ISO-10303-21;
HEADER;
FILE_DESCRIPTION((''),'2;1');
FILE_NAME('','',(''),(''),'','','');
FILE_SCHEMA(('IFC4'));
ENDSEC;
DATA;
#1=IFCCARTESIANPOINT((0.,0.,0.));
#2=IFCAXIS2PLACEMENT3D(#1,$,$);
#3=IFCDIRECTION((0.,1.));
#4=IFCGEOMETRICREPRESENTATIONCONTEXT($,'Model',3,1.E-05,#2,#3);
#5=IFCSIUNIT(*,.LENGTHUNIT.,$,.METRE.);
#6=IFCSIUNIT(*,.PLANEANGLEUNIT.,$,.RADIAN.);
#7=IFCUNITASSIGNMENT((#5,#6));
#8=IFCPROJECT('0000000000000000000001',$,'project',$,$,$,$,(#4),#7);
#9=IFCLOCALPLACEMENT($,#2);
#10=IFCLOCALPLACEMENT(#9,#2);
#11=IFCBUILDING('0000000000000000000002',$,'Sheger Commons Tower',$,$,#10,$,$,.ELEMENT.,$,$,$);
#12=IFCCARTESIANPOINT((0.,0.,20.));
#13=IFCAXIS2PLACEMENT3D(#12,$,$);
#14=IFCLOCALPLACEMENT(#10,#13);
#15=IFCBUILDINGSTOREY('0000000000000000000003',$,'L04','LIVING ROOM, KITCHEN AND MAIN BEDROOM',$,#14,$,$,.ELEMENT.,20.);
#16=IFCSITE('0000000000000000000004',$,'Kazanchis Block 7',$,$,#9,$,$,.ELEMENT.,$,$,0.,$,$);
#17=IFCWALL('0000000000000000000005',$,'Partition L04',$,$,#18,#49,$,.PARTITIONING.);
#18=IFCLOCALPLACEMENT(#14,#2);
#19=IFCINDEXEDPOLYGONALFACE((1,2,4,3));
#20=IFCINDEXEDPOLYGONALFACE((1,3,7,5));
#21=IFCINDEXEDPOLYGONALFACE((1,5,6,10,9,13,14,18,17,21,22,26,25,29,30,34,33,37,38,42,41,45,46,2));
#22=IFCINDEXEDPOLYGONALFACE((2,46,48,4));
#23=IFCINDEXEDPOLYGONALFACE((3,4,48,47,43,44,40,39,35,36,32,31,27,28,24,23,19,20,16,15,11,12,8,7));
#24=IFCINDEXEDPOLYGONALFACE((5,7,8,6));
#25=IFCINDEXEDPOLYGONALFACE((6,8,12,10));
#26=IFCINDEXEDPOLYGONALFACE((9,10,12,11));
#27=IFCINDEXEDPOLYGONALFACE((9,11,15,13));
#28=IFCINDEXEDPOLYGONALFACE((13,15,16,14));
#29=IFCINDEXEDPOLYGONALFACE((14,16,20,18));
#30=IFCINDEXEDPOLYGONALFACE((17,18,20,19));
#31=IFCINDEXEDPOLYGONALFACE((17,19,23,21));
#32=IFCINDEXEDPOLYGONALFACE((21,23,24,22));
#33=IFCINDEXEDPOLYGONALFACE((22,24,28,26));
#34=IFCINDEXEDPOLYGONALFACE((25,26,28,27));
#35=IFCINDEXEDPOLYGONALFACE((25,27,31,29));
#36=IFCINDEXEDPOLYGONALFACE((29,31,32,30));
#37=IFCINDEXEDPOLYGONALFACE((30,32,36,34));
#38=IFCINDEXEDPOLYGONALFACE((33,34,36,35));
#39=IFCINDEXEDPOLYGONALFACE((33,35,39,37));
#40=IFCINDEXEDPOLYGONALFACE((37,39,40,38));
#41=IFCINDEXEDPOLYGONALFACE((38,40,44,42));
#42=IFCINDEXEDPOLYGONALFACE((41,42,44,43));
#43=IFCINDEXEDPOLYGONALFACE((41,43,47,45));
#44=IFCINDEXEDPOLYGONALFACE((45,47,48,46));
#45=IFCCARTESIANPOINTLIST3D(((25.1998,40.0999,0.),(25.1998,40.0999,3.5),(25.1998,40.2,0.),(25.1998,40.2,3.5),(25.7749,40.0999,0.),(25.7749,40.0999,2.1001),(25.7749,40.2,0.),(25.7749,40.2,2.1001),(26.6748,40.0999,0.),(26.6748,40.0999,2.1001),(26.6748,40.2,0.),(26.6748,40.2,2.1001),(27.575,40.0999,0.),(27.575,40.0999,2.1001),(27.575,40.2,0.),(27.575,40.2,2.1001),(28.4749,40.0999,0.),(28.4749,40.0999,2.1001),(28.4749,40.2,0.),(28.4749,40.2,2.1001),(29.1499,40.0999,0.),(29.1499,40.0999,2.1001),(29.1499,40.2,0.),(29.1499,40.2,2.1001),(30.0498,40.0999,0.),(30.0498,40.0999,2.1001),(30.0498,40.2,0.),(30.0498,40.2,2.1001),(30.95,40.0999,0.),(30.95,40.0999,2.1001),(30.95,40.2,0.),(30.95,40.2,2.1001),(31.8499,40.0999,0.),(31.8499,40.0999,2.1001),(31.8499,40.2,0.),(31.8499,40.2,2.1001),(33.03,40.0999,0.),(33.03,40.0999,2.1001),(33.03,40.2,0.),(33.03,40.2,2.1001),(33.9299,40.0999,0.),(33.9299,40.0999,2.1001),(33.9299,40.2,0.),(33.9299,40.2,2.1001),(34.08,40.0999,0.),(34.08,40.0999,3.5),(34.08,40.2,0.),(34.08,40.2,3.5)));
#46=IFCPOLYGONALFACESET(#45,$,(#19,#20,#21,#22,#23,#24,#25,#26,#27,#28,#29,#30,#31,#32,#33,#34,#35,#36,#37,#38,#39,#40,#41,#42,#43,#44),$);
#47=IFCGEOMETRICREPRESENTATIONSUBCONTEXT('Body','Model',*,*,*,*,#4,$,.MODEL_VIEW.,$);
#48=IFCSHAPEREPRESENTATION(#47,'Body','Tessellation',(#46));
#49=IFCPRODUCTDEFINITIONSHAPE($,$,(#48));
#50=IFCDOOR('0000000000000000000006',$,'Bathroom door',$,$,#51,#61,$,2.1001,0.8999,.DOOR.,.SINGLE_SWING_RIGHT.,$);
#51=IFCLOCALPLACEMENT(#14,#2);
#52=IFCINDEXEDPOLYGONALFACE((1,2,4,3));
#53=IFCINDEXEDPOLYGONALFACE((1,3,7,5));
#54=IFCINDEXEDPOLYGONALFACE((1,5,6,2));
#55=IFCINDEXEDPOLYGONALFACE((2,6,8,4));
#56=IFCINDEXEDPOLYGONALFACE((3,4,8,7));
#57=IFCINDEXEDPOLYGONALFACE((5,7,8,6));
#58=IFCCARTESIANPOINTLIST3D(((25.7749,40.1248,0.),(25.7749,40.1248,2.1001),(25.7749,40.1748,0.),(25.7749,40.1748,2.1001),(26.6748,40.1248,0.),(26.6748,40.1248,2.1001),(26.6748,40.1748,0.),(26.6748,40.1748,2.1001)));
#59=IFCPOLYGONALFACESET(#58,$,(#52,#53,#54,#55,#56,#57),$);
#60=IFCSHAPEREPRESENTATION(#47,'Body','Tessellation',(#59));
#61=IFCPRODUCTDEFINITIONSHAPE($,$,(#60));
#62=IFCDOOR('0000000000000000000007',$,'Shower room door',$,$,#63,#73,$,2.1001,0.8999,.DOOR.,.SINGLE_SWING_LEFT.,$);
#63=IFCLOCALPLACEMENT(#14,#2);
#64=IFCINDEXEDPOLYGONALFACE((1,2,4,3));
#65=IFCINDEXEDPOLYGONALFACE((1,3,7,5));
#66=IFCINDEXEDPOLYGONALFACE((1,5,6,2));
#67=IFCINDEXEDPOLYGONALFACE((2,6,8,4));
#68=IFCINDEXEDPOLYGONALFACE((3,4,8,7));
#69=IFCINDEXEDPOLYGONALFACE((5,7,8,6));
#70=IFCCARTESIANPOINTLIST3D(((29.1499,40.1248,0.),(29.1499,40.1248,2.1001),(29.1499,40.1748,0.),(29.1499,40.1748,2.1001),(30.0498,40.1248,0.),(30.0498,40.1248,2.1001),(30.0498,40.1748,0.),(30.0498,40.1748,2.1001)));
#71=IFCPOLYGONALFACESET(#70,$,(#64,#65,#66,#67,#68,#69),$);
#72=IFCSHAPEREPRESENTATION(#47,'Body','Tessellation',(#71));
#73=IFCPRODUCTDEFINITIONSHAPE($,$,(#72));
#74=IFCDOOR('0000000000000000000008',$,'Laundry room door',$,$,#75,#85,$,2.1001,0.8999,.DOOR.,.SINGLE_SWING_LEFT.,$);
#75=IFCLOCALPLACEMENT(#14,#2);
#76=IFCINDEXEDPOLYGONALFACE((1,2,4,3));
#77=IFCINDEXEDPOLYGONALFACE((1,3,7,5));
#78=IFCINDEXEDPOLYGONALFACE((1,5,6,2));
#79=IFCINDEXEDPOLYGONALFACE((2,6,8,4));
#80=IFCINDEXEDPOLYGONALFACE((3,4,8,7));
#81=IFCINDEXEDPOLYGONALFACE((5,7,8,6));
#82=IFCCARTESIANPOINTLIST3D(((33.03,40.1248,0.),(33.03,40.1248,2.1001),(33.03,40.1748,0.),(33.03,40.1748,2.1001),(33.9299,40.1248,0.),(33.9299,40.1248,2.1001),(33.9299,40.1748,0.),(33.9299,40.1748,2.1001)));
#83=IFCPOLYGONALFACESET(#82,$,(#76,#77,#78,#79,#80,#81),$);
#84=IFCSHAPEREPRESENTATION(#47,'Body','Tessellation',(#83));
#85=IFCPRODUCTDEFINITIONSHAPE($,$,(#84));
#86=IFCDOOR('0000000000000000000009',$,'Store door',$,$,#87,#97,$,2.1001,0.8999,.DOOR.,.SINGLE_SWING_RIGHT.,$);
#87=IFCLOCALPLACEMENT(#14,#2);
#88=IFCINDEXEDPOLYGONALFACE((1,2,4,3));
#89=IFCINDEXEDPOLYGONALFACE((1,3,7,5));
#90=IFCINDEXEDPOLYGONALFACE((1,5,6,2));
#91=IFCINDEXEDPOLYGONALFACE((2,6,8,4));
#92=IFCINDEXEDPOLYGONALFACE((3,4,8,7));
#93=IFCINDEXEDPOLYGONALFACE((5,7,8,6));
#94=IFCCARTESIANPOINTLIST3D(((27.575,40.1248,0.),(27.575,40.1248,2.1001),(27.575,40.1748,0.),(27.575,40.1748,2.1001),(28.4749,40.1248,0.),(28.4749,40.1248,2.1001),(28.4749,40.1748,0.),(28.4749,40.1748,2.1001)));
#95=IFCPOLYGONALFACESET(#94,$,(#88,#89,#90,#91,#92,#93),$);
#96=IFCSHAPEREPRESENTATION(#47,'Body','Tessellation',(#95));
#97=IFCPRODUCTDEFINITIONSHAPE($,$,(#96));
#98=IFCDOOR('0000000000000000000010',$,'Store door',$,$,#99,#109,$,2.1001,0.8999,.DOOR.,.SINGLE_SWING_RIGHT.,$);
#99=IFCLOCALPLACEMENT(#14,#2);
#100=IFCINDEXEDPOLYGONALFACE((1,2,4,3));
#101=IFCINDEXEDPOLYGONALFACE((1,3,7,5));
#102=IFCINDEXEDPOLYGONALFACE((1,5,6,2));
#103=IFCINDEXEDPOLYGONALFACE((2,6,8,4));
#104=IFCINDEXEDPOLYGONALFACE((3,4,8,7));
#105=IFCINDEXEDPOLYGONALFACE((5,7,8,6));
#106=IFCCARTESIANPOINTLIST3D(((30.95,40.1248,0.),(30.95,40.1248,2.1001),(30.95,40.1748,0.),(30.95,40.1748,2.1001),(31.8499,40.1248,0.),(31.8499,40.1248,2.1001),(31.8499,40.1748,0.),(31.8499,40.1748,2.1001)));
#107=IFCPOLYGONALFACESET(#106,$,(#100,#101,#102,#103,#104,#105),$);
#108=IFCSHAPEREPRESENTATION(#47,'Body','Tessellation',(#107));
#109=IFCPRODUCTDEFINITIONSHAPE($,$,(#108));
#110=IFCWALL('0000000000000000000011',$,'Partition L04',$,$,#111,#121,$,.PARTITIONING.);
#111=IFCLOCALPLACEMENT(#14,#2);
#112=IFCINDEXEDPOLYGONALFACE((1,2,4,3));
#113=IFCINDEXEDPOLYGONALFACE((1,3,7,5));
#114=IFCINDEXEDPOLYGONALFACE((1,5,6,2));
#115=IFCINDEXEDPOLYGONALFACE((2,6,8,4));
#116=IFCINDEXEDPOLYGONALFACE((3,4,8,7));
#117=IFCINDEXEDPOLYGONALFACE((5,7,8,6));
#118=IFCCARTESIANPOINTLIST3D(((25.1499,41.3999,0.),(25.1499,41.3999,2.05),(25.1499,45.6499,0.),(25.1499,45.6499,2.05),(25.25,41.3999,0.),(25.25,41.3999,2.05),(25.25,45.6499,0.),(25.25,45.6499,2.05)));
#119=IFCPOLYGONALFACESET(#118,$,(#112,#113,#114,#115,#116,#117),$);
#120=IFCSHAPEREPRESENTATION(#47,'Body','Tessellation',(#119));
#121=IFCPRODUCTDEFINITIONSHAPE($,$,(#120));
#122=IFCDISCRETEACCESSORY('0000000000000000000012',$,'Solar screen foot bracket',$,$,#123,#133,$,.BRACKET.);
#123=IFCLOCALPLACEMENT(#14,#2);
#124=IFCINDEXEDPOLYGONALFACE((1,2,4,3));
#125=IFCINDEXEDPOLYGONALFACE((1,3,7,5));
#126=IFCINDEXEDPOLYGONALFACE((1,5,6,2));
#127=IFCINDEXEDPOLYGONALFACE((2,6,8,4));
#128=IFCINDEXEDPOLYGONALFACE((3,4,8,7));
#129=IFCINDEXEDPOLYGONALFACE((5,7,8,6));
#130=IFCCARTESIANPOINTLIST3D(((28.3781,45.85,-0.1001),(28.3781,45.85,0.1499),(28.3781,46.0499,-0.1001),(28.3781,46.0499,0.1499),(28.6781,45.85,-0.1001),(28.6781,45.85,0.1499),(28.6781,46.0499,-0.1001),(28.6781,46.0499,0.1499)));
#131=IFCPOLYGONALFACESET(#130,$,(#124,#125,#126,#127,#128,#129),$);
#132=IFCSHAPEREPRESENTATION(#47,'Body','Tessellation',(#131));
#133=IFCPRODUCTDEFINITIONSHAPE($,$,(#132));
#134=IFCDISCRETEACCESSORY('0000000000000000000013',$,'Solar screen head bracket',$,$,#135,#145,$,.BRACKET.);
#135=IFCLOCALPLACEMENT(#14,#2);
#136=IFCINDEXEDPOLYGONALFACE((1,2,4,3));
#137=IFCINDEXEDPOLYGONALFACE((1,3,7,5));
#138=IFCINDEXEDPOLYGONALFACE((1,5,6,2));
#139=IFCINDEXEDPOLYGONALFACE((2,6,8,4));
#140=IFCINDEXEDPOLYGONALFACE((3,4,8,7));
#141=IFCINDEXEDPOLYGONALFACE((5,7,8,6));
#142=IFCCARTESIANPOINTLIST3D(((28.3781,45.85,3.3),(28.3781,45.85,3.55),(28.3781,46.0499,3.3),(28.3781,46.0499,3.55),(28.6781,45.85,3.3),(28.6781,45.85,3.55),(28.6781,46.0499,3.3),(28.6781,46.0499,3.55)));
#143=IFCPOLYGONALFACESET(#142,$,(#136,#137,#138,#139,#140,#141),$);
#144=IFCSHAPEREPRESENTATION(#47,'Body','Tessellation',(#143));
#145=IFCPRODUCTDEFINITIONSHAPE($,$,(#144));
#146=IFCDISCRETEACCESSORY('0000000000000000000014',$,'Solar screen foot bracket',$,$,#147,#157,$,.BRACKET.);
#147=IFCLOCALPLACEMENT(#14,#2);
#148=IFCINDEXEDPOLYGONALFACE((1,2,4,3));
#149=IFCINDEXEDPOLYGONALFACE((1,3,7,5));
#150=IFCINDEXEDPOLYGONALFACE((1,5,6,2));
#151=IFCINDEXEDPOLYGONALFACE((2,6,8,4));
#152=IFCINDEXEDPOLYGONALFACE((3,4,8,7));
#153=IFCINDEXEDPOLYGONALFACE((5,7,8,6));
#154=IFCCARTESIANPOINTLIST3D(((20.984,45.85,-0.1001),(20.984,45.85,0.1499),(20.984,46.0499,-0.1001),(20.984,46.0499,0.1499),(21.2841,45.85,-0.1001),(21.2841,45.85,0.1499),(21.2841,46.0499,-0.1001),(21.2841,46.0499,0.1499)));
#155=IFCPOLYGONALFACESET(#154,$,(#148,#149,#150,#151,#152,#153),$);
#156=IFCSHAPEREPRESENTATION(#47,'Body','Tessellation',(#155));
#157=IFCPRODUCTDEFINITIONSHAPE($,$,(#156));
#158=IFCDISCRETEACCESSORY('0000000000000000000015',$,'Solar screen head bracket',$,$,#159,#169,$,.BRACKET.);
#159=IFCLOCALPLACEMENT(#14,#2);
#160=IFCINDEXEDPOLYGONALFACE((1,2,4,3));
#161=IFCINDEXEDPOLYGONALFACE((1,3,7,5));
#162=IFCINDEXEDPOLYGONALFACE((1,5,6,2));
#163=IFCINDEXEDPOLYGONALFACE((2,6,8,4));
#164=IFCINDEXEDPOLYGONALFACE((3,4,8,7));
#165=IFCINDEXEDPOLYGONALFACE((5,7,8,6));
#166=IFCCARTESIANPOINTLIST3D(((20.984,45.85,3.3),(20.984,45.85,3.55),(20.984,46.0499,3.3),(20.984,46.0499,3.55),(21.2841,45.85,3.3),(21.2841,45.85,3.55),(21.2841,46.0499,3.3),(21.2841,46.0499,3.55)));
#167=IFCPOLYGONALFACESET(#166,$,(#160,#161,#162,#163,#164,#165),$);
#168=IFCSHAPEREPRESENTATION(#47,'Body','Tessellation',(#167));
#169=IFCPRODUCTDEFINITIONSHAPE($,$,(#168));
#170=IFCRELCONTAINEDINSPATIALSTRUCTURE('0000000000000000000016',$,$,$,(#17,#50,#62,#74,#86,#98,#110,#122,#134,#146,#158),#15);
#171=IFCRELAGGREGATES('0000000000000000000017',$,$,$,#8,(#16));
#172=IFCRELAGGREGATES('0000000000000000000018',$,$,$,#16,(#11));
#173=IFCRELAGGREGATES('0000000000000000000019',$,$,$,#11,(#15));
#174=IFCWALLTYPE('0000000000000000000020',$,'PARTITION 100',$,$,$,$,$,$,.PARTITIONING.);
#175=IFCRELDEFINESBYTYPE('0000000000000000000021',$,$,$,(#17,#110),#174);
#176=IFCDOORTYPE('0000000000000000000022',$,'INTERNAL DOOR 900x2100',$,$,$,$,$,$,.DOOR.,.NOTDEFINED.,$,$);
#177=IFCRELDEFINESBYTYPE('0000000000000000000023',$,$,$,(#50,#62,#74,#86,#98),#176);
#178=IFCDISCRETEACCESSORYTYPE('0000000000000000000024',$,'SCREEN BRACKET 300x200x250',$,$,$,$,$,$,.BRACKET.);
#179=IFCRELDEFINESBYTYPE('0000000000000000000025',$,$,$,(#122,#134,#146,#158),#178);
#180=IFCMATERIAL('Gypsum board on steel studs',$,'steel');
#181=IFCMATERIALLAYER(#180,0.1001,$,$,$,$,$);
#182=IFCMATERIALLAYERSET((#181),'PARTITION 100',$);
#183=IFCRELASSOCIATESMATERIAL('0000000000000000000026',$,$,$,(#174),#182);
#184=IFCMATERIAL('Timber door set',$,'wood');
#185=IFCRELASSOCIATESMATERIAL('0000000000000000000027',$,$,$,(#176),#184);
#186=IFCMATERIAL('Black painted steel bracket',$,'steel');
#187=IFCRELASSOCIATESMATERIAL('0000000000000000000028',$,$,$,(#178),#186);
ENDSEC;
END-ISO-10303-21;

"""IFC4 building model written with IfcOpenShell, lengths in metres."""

from ifc_helpers import new_model, si_unit, direction, frame, frame_2d, origin, origin_2d, place, context, subcontext, project, spatial, rectangle, extrude, material, layer, layer_set, type_object, element, fill, save


model = new_model("IFC4")

# Units and contexts
model_context = context("Model", 3, precision=1e-05, world=origin(), true_north=direction((0.0, 1.0)))
body_context = subcontext(model_context, "Body", "Model", "MODEL_VIEW")
ifc_project = project(units=[si_unit("LENGTHUNIT", "METRE"), si_unit("PLANEANGLEUNIT", "RADIAN")], contexts=[model_context])

# Site, building, storey
site_placement = place(None, origin())
site = spatial("IfcSite", under=ifc_project, at=site_placement, Name="Kazanchis Block 7", CompositionType="ELEMENT", RefElevation=0.0)
building_placement = place(site_placement, origin())
building = spatial("IfcBuilding", under=site, at=building_placement, Name="Sheger Commons Tower", CompositionType="ELEMENT")
storey_placement = place(building_placement, frame((0.0, 0.0, 20.0)))
storey = spatial("IfcBuildingStorey", under=building, at=storey_placement, Name="L04", Description="LIVING ROOM, KITCHEN AND MAIN BEDROOM", CompositionType="ELEMENT", Elevation=20.0)

# Wall, openings, doors
ifc_material_1 = material(Name="Gypsum board on steel studs", Category="steel")
ifc_layer_1 = layer(ifc_material_1, 0.1001)
ifc_layer_set_1 = layer_set([ifc_layer_1], Name="PARTITION 100")
wall_type_1 = type_object("IfcWallType", Name="PARTITION 100", PredefinedType="PARTITIONING", material=ifc_layer_set_1)
ifc_material_2 = material(Name="Timber door set", Category="wood")
door_type = type_object("IfcDoorType", Name="INTERNAL DOOR 900x2100", OperationType="NOTDEFINED", PredefinedType="DOOR", material=ifc_material_2)
wall_1_placement = place(storey_placement, frame((25.2, 40.1499, 0.0), z_axis=(0.0, 0.0, 1.0), x_axis=(1.0, 0.0, 0.0)))
wall_1 = element("IfcWall", 1, at=wall_1_placement, inside=storey, type_object=wall_type_1, Name="Partition L04", PredefinedType="PARTITIONING", context=body_context, shape_type="SweptSolid", body=[
    extrude(rectangle(XDim=8.8801, YDim=0.1001, at=frame_2d((4.4399, 0.0))), origin(), (0.0, 0.0, 1.0), 3.5),
])
opening_1_placement = place(wall_1_placement, frame((0.575, 0.0, 0.0)))
opening_1 = element("IfcOpeningElement", 2, at=opening_1_placement, cuts=wall_1, PredefinedType="OPENING", context=body_context, shape_type="SweptSolid", body=[
    extrude(rectangle(XDim=0.8999, YDim=2.1001, at=frame_2d((0.45, 1.05))), frame((0.0, 0.0601, 0.0), z_axis=(0.0, -1.0, 0.0), x_axis=(1.0, 0.0, 0.0)), (0.0, 0.0, 1.0), 0.1201),
])
opening_2_placement = place(wall_1_placement, frame((3.95, 0.0, 0.0)))
opening_2 = element("IfcOpeningElement", 3, at=opening_2_placement, cuts=wall_1, PredefinedType="OPENING", context=body_context, shape_type="SweptSolid", body=[
    extrude(rectangle(XDim=0.8999, YDim=2.1001, at=frame_2d((0.45, 1.05))), frame((0.0, 0.0601, 0.0), z_axis=(0.0, -1.0, 0.0), x_axis=(1.0, 0.0, 0.0)), (0.0, 0.0, 1.0), 0.1201),
])
opening_3_placement = place(wall_1_placement, frame((7.8301, 0.0, 0.0)))
opening_3 = element("IfcOpeningElement", 4, at=opening_3_placement, cuts=wall_1, PredefinedType="OPENING", context=body_context, shape_type="SweptSolid", body=[
    extrude(rectangle(XDim=0.8999, YDim=2.1001, at=frame_2d((0.45, 1.05))), frame((0.0, 0.0601, 0.0), z_axis=(0.0, -1.0, 0.0), x_axis=(1.0, 0.0, 0.0)), (0.0, 0.0, 1.0), 0.1201),
])
opening_4_placement = place(wall_1_placement, frame((2.375, 0.0, 0.0)))
opening_4 = element("IfcOpeningElement", 5, at=opening_4_placement, cuts=wall_1, PredefinedType="OPENING", context=body_context, shape_type="SweptSolid", body=[
    extrude(rectangle(XDim=0.8999, YDim=2.1001, at=frame_2d((0.45, 1.05))), frame((0.0, 0.0601, 0.0), z_axis=(0.0, -1.0, 0.0), x_axis=(1.0, 0.0, 0.0)), (0.0, 0.0, 1.0), 0.1201),
])
opening_5_placement = place(wall_1_placement, frame((5.75, 0.0, 0.0)))
opening_5 = element("IfcOpeningElement", 6, at=opening_5_placement, cuts=wall_1, PredefinedType="OPENING", context=body_context, shape_type="SweptSolid", body=[
    extrude(rectangle(XDim=0.8999, YDim=2.1001, at=frame_2d((0.45, 1.05))), frame((0.0, 0.0601, 0.0), z_axis=(0.0, -1.0, 0.0), x_axis=(1.0, 0.0, 0.0)), (0.0, 0.0, 1.0), 0.1201),
])
door_1_placement = place(opening_1_placement, origin())
door_1 = element("IfcDoor", 7, at=door_1_placement, inside=storey, type_object=door_type, Name="Bathroom door", OperationType="SINGLE_SWING_RIGHT", OverallHeight=2.1001, OverallWidth=0.8999, PredefinedType="DOOR", context=body_context, shape_type="SweptSolid", body=[
    extrude(rectangle(XDim=0.8999, YDim=2.1001, at=frame_2d((0.45, 1.05))), frame((0.0, 0.0249, 0.0), z_axis=(0.0, -1.0, 0.0), x_axis=(1.0, 0.0, 0.0)), (0.0, 0.0, 1.0), 0.05),
])
fill(opening_1, door_1)
door_2_placement = place(opening_2_placement, origin())
door_2 = element("IfcDoor", 8, at=door_2_placement, inside=storey, type_object=door_type, Name="Shower room door", OperationType="SINGLE_SWING_LEFT", OverallHeight=2.1001, OverallWidth=0.8999, PredefinedType="DOOR", context=body_context, shape_type="SweptSolid", body=[
    extrude(rectangle(XDim=0.8999, YDim=2.1001, at=frame_2d((0.45, 1.05))), frame((0.0, 0.0249, 0.0), z_axis=(0.0, -1.0, 0.0), x_axis=(1.0, 0.0, 0.0)), (0.0, 0.0, 1.0), 0.05),
])
fill(opening_2, door_2)
door_3_placement = place(opening_3_placement, origin())
door_3 = element("IfcDoor", 9, at=door_3_placement, inside=storey, type_object=door_type, Name="Laundry room door", OperationType="SINGLE_SWING_LEFT", OverallHeight=2.1001, OverallWidth=0.8999, PredefinedType="DOOR", context=body_context, shape_type="SweptSolid", body=[
    extrude(rectangle(XDim=0.8999, YDim=2.1001, at=frame_2d((0.45, 1.05))), frame((0.0, 0.0249, 0.0), z_axis=(0.0, -1.0, 0.0), x_axis=(1.0, 0.0, 0.0)), (0.0, 0.0, 1.0), 0.05),
])
fill(opening_3, door_3)
door_4_placement = place(opening_4_placement, origin())
door_4 = element("IfcDoor", 10, at=door_4_placement, inside=storey, type_object=door_type, Name="Store door", OperationType="SINGLE_SWING_RIGHT", OverallHeight=2.1001, OverallWidth=0.8999, PredefinedType="DOOR", context=body_context, shape_type="SweptSolid", body=[
    extrude(rectangle(XDim=0.8999, YDim=2.1001, at=frame_2d((0.45, 1.05))), frame((0.0, 0.0249, 0.0), z_axis=(0.0, -1.0, 0.0), x_axis=(1.0, 0.0, 0.0)), (0.0, 0.0, 1.0), 0.05),
])
fill(opening_4, door_4)
door_5_placement = place(opening_5_placement, origin())
door_5 = element("IfcDoor", 11, at=door_5_placement, inside=storey, type_object=door_type, Name="Store door", OperationType="SINGLE_SWING_RIGHT", OverallHeight=2.1001, OverallWidth=0.8999, PredefinedType="DOOR", context=body_context, shape_type="SweptSolid", body=[
    extrude(rectangle(XDim=0.8999, YDim=2.1001, at=frame_2d((0.45, 1.05))), frame((0.0, 0.0249, 0.0), z_axis=(0.0, -1.0, 0.0), x_axis=(1.0, 0.0, 0.0)), (0.0, 0.0, 1.0), 0.05),
])
fill(opening_5, door_5)

# Wall
wall_2_placement = place(storey_placement, frame((25.2, 41.3999, 0.0), z_axis=(0.0, 0.0, 1.0), x_axis=(0.0, 1.0, 0.0)))
element("IfcWall", 12, at=wall_2_placement, inside=storey, type_object=wall_type_1, Name="Partition L04", PredefinedType="PARTITIONING", context=body_context, shape_type="SweptSolid", body=[
    extrude(rectangle(XDim=4.25, YDim=0.1001, at=frame_2d((2.125, 0.0))), origin(), (0.0, 0.0, 1.0), 2.05),
])

# Discrete accessories
ifc_material_3 = material(Name="Black painted steel bracket", Category="steel")
discrete_accessory_type = type_object("IfcDiscreteAccessoryType", Name="SCREEN BRACKET 300x200x250", PredefinedType="BRACKET", material=ifc_material_3)
for number, where, z_axis, x_axis, name in (
    (13, (28.5281, 45.95, -0.1001), (0.0, 0.0, 1.0), (-1.0, 0.0, 0.0), "Solar screen foot bracket"),
    (14, (28.5281, 45.95, 3.3), (0.0, 0.0, 1.0), (-1.0, 0.0, 0.0), "Solar screen head bracket"),
    (15, (21.134, 45.95, -0.1001), (0.0, 0.0, 1.0), (-1.0, 0.0, 0.0), "Solar screen foot bracket"),
    (16, (21.134, 45.95, 3.3), (0.0, 0.0, 1.0), (-1.0, 0.0, 0.0), "Solar screen head bracket"),
):
    element("IfcDiscreteAccessory", number, at=place(storey_placement, frame(where, z_axis=z_axis, x_axis=x_axis)), inside=storey, type_object=discrete_accessory_type, Name=name, PredefinedType="BRACKET", context=body_context, shape_type="SweptSolid", body=[
        extrude(rectangle(XDim=0.3, YDim=0.2, at=origin_2d()), origin(), (0.0, 0.0, 1.0), 0.25),
    ])

save(model, "model.ifc")
